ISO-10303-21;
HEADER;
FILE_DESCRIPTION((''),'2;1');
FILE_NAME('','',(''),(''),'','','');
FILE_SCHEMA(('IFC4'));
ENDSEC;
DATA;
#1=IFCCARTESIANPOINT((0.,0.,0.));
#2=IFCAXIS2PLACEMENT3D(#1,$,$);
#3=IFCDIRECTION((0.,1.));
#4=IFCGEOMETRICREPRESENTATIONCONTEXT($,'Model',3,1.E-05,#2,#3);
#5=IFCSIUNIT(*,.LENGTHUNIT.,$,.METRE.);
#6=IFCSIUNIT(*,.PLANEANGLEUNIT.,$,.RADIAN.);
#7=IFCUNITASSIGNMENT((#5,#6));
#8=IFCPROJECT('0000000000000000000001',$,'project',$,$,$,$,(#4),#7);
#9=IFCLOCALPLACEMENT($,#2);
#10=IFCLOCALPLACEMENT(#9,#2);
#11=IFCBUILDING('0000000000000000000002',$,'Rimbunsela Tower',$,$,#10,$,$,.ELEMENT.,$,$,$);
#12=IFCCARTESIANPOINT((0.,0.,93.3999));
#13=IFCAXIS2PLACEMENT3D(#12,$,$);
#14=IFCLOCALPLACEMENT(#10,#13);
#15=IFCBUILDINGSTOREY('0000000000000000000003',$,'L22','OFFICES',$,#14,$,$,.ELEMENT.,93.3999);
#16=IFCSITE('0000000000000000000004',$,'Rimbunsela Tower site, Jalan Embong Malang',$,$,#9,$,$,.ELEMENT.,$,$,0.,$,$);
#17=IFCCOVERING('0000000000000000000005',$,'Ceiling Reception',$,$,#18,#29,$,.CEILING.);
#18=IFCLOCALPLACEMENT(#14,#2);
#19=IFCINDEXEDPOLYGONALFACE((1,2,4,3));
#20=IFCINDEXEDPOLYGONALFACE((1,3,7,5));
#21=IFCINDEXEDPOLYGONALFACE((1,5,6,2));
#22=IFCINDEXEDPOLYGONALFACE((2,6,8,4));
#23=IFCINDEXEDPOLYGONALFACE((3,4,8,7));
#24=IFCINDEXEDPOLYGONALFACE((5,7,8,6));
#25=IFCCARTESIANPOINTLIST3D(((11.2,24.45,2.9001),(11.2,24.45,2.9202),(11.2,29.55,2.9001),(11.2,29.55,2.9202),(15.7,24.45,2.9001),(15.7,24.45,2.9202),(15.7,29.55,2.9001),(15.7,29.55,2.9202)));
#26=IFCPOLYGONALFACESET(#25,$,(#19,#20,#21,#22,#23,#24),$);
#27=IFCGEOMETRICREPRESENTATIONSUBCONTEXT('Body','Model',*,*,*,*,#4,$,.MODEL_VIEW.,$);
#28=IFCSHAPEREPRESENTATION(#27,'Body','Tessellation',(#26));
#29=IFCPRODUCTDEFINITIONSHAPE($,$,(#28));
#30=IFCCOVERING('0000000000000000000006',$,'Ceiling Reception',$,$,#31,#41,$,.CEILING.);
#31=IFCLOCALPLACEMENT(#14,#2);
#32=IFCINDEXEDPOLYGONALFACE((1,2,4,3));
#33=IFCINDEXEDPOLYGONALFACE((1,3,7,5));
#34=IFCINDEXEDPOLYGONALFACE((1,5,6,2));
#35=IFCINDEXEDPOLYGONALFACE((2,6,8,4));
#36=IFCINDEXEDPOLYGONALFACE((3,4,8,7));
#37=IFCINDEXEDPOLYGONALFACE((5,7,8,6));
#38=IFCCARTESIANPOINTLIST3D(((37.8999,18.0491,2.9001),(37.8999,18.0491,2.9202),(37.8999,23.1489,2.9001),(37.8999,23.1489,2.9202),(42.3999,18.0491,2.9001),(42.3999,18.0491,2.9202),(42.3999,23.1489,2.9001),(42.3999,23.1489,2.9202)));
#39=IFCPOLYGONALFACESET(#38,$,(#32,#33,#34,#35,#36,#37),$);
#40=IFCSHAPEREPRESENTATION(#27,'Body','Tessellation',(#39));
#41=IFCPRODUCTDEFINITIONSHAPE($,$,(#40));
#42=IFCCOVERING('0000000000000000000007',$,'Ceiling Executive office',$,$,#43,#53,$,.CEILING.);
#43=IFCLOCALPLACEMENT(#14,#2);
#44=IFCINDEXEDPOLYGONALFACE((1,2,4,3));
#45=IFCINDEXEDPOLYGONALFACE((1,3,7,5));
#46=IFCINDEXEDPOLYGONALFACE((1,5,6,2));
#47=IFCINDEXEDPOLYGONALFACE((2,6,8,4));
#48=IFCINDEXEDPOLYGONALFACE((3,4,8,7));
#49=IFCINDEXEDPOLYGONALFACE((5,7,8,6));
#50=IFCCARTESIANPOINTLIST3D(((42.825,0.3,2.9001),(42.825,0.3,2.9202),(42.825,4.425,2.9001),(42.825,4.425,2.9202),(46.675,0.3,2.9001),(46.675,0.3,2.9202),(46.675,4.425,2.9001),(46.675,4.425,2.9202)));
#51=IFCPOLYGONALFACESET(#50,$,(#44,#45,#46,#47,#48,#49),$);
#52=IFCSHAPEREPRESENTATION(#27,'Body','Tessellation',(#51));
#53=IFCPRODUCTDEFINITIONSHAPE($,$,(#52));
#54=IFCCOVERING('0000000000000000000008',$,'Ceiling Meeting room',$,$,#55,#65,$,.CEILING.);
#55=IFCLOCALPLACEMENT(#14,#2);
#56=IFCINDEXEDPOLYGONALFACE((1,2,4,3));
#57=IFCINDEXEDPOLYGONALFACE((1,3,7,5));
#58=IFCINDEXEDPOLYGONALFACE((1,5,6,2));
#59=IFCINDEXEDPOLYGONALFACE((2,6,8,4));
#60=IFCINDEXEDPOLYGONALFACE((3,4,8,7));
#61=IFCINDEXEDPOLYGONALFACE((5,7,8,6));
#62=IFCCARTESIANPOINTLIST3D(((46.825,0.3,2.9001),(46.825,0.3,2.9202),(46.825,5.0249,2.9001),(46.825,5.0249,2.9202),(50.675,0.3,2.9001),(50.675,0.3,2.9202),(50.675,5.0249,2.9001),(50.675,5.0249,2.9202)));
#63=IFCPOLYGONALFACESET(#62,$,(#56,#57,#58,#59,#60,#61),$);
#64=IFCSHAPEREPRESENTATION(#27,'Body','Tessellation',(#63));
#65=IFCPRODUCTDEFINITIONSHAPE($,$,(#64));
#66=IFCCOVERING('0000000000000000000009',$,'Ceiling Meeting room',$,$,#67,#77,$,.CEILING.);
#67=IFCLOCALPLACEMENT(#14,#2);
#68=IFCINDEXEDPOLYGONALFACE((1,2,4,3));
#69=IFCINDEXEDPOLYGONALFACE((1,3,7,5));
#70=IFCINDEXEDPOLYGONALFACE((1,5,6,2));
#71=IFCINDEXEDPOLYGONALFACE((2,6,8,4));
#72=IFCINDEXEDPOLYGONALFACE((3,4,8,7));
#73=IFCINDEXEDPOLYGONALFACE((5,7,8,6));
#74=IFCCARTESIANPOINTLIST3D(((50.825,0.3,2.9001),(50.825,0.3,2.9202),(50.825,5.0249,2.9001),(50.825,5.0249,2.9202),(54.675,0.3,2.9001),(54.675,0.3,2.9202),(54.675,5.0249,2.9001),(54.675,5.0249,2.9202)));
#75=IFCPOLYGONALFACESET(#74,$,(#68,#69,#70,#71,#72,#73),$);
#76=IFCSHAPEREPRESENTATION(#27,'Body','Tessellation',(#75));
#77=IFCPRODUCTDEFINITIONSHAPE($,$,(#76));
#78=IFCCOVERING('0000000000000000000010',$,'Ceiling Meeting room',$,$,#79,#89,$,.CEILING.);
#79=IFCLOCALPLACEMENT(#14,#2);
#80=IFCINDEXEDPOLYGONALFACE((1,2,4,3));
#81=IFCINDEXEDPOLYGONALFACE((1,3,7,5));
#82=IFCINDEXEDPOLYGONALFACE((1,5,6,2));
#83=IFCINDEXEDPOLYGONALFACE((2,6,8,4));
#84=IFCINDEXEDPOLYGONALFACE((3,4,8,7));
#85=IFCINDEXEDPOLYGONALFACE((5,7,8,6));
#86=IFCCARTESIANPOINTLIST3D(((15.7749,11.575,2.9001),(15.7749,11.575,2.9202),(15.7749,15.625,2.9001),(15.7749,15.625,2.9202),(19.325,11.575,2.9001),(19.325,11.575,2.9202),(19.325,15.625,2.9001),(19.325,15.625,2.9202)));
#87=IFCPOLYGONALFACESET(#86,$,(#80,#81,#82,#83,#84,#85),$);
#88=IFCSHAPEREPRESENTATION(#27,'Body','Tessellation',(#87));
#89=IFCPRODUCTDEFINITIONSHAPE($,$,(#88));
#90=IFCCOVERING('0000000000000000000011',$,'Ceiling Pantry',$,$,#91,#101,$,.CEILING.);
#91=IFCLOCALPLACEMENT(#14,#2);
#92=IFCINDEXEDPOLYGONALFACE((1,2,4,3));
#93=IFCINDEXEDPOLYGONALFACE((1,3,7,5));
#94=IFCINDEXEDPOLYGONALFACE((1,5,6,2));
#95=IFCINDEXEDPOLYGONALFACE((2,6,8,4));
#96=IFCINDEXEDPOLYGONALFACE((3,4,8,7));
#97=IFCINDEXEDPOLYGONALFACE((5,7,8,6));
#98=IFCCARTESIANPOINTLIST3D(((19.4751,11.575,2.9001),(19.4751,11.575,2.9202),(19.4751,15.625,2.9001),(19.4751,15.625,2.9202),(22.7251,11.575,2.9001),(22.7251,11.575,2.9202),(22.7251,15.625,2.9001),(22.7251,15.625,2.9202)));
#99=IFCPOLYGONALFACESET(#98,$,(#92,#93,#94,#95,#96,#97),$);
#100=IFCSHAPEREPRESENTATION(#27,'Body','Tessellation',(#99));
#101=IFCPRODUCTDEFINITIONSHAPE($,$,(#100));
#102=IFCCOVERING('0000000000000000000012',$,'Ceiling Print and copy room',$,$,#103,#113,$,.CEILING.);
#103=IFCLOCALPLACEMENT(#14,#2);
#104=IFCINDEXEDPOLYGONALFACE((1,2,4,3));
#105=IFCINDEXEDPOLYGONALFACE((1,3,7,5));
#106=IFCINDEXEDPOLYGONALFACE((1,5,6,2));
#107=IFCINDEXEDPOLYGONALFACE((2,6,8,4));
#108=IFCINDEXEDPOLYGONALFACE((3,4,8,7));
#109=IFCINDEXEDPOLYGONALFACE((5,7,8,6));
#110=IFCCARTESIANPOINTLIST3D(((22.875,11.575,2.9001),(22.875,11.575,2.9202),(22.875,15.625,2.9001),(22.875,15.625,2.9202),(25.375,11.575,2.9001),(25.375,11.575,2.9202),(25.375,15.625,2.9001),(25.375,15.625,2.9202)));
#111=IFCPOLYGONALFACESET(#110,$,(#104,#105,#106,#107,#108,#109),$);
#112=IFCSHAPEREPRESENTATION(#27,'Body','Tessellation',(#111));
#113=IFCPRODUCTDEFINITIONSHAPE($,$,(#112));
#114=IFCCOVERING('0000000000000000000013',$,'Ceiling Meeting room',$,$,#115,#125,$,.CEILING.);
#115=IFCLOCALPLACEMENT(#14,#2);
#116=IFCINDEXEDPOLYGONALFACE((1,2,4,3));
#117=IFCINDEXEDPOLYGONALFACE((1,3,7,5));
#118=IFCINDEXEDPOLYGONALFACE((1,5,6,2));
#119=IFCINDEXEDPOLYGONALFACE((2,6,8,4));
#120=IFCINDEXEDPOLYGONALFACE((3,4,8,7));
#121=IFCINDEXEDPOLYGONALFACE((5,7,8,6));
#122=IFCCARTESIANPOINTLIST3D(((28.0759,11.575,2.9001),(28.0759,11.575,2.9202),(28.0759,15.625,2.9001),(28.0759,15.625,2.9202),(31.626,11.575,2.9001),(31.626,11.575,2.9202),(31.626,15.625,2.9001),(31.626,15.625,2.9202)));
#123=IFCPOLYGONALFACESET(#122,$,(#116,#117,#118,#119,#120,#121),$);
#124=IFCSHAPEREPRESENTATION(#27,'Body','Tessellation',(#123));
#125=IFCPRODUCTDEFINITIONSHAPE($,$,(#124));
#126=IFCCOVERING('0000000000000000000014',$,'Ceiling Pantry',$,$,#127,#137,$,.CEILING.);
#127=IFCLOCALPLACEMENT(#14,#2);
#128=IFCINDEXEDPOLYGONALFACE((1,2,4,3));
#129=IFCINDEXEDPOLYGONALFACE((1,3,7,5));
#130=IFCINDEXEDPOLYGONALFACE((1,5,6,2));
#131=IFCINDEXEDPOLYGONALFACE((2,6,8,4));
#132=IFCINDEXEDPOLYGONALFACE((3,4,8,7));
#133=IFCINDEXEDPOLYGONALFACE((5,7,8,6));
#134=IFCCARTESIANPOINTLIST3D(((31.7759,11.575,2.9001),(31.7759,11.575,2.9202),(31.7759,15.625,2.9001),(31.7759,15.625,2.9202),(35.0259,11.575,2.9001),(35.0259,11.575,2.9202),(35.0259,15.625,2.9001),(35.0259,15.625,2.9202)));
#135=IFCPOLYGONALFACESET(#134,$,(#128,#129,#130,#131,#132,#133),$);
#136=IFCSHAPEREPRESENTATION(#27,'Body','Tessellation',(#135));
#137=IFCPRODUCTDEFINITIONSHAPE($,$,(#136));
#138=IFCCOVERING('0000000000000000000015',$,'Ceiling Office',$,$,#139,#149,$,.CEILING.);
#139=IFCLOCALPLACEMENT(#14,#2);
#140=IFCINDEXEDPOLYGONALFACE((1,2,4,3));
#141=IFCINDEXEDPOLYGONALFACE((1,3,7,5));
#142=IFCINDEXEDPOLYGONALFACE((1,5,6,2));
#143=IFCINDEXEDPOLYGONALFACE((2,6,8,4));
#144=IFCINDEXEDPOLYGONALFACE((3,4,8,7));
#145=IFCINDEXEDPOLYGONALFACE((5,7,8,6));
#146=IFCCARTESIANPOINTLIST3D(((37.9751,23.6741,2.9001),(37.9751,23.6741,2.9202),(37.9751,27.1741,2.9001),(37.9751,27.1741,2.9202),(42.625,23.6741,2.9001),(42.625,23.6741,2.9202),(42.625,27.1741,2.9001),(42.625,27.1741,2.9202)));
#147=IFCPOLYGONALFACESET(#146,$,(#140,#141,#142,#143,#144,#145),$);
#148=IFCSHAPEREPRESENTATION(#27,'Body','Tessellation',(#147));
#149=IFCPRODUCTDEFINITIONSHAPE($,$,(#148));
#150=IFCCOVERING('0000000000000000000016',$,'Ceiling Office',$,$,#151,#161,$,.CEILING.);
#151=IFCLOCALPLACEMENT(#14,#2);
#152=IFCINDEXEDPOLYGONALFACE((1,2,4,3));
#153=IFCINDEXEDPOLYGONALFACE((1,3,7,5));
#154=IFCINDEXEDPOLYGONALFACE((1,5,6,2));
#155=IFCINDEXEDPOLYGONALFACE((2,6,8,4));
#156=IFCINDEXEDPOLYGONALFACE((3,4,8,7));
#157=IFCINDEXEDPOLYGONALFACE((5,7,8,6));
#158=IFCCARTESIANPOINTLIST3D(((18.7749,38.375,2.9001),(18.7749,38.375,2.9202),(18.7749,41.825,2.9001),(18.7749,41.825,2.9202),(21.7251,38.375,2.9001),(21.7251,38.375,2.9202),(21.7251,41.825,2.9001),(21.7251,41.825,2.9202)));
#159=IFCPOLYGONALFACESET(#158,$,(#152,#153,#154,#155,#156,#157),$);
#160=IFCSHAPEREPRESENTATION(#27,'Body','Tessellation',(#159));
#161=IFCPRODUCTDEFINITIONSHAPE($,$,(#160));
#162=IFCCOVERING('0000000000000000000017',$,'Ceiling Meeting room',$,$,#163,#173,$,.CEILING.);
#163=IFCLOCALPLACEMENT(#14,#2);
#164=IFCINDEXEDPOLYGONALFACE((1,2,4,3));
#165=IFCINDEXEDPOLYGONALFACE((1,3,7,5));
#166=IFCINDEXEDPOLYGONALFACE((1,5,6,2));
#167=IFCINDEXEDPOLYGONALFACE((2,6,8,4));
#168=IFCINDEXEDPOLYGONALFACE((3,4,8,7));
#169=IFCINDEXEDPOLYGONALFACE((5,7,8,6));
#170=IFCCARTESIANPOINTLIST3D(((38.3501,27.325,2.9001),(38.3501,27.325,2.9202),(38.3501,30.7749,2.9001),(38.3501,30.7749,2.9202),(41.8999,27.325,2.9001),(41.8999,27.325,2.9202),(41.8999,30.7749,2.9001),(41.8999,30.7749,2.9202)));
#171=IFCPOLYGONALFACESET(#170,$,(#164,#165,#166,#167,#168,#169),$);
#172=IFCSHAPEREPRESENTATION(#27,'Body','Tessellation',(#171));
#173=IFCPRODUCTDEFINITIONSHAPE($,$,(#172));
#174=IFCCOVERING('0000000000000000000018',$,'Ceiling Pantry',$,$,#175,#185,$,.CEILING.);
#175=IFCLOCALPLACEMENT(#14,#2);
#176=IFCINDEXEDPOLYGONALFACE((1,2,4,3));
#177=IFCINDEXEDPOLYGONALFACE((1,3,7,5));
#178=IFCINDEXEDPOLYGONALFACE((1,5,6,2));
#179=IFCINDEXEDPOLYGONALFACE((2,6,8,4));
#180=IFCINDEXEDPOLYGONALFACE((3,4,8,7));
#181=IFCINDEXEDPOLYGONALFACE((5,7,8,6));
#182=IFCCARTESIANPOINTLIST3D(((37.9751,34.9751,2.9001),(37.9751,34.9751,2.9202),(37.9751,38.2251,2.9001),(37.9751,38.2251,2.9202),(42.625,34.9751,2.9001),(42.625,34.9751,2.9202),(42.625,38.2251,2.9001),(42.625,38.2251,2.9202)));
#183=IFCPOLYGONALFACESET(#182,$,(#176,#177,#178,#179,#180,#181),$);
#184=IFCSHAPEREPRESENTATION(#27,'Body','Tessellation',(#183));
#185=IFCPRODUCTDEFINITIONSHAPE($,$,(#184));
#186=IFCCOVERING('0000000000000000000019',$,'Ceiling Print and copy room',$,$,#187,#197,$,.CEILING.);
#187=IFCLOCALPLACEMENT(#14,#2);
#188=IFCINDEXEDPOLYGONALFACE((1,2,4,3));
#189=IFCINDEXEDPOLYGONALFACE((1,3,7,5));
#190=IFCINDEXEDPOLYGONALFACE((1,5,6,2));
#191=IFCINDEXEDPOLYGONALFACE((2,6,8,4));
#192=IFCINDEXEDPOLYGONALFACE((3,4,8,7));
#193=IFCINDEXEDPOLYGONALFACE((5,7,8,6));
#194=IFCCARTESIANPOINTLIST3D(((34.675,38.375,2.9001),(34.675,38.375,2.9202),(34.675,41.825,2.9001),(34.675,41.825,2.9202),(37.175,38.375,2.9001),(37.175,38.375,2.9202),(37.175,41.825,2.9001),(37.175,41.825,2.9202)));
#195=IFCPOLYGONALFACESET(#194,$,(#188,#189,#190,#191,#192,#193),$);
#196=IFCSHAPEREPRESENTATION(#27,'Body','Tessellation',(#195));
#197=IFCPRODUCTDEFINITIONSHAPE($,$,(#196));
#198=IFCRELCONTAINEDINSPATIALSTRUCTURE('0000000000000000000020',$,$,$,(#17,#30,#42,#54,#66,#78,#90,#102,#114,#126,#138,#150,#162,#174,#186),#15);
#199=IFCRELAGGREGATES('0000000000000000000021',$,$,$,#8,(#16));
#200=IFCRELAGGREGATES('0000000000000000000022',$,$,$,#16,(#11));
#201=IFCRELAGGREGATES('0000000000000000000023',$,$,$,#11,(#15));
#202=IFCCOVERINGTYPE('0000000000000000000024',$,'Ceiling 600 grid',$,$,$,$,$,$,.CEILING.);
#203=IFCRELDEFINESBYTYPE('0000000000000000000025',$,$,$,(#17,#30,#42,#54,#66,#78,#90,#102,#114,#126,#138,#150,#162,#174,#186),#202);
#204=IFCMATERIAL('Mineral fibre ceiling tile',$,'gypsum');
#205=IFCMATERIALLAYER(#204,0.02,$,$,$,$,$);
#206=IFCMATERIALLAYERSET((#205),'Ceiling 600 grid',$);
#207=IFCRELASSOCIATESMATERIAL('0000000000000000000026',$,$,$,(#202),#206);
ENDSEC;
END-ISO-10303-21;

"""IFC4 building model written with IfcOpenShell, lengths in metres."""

from ifc_helpers import new_model, si_unit, direction, frame, origin, place, context, subcontext, project, spatial, polyline, outline, extrude, material, layer, layer_set, type_object, element, save


model = new_model("IFC4")

# Units and contexts
model_context = context("Model", 3, precision=1e-05, world=origin(), true_north=direction((0.0, 1.0)))
body_context = subcontext(model_context, "Body", "Model", "MODEL_VIEW")
ifc_project = project(units=[si_unit("LENGTHUNIT", "METRE"), si_unit("PLANEANGLEUNIT", "RADIAN")], contexts=[model_context])

# Site, building, storey
site_placement = place(None, origin())
site = spatial("IfcSite", under=ifc_project, at=site_placement, Name="Rimbunsela Tower site, Jalan Embong Malang", CompositionType="ELEMENT", RefElevation=0.0)
building_placement = place(site_placement, origin())
building = spatial("IfcBuilding", under=site, at=building_placement, Name="Rimbunsela Tower", CompositionType="ELEMENT")
storey_placement = place(building_placement, frame((0.0, 0.0, 93.3999)))
storey = spatial("IfcBuildingStorey", under=building, at=storey_placement, Name="L22", Description="OFFICES", CompositionType="ELEMENT", Elevation=93.3999)

# Coverings
ifc_material_1 = material(Name="Mineral fibre ceiling tile", Category="gypsum")
ifc_layer_1 = layer(ifc_material_1, 0.02)
ifc_layer_set_1 = layer_set([ifc_layer_1], Name="Ceiling 600 grid")
covering_type_1 = type_object("IfcCoveringType", Name="Ceiling 600 grid", PredefinedType="CEILING", material=ifc_layer_set_1)
covering_1_placement = place(storey_placement, frame((0.0, 0.0, 2.9001)))
element("IfcCovering", 1, at=covering_1_placement, inside=storey, type_object=covering_type_1, Name="Ceiling Reception", PredefinedType="CEILING", context=body_context, shape_type="SweptSolid", body=[
    extrude(outline(polyline([(15.7, 24.45), (15.7, 29.55), (11.2, 29.55), (11.2, 24.45), (15.7, 24.45)])), origin(), (0.0, 0.0, 1.0), 0.02),
])
covering_2_placement = place(storey_placement, frame((0.0, 0.0, 2.9001)))
element("IfcCovering", 2, at=covering_2_placement, inside=storey, type_object=covering_type_1, Name="Ceiling Reception", PredefinedType="CEILING", context=body_context, shape_type="SweptSolid", body=[
    extrude(outline(polyline([(42.3999, 18.0491), (42.3999, 23.1489), (37.8999, 23.1489), (37.8999, 18.0491), (42.3999, 18.0491)])), origin(), (0.0, 0.0, 1.0), 0.02),
])
covering_3_placement = place(storey_placement, frame((0.0, 0.0, 2.9001)))
element("IfcCovering", 3, at=covering_3_placement, inside=storey, type_object=covering_type_1, Name="Ceiling Executive office", PredefinedType="CEILING", context=body_context, shape_type="SweptSolid", body=[
    extrude(outline(polyline([(46.675, 0.3), (46.675, 4.425), (42.825, 4.425), (42.825, 0.3), (46.675, 0.3)])), origin(), (0.0, 0.0, 1.0), 0.02),
])
covering_4_placement = place(storey_placement, frame((0.0, 0.0, 2.9001)))
element("IfcCovering", 4, at=covering_4_placement, inside=storey, type_object=covering_type_1, Name="Ceiling Meeting room", PredefinedType="CEILING", context=body_context, shape_type="SweptSolid", body=[
    extrude(outline(polyline([(50.675, 0.3), (50.675, 5.0249), (46.825, 5.0249), (46.825, 0.3), (50.675, 0.3)])), origin(), (0.0, 0.0, 1.0), 0.02),
])
covering_5_placement = place(storey_placement, frame((0.0, 0.0, 2.9001)))
element("IfcCovering", 5, at=covering_5_placement, inside=storey, type_object=covering_type_1, Name="Ceiling Meeting room", PredefinedType="CEILING", context=body_context, shape_type="SweptSolid", body=[
    extrude(outline(polyline([(54.675, 0.3), (54.675, 5.0249), (50.825, 5.0249), (50.825, 0.3), (54.675, 0.3)])), origin(), (0.0, 0.0, 1.0), 0.02),
])
covering_6_placement = place(storey_placement, frame((0.0, 0.0, 2.9001)))
element("IfcCovering", 6, at=covering_6_placement, inside=storey, type_object=covering_type_1, Name="Ceiling Meeting room", PredefinedType="CEILING", context=body_context, shape_type="SweptSolid", body=[
    extrude(outline(polyline([(19.325, 11.575), (19.325, 15.625), (15.7749, 15.625), (15.7749, 11.575), (19.325, 11.575)])), origin(), (0.0, 0.0, 1.0), 0.02),
])
covering_7_placement = place(storey_placement, frame((0.0, 0.0, 2.9001)))
element("IfcCovering", 7, at=covering_7_placement, inside=storey, type_object=covering_type_1, Name="Ceiling Pantry", PredefinedType="CEILING", context=body_context, shape_type="SweptSolid", body=[
    extrude(outline(polyline([(22.7251, 11.575), (22.7251, 15.625), (19.4751, 15.625), (19.4751, 11.575), (22.7251, 11.575)])), origin(), (0.0, 0.0, 1.0), 0.02),
])
covering_8_placement = place(storey_placement, frame((0.0, 0.0, 2.9001)))
element("IfcCovering", 8, at=covering_8_placement, inside=storey, type_object=covering_type_1, Name="Ceiling Print and copy room", PredefinedType="CEILING", context=body_context, shape_type="SweptSolid", body=[
    extrude(outline(polyline([(25.375, 11.575), (25.375, 15.625), (22.875, 15.625), (22.875, 11.575), (25.375, 11.575)])), origin(), (0.0, 0.0, 1.0), 0.02),
])
covering_9_placement = place(storey_placement, frame((0.0, 0.0, 2.9001)))
element("IfcCovering", 9, at=covering_9_placement, inside=storey, type_object=covering_type_1, Name="Ceiling Meeting room", PredefinedType="CEILING", context=body_context, shape_type="SweptSolid", body=[
    extrude(outline(polyline([(31.626, 11.575), (31.626, 15.625), (28.0759, 15.625), (28.0759, 11.575), (31.626, 11.575)])), origin(), (0.0, 0.0, 1.0), 0.02),
])
covering_10_placement = place(storey_placement, frame((0.0, 0.0, 2.9001)))
element("IfcCovering", 10, at=covering_10_placement, inside=storey, type_object=covering_type_1, Name="Ceiling Pantry", PredefinedType="CEILING", context=body_context, shape_type="SweptSolid", body=[
    extrude(outline(polyline([(35.0259, 11.575), (35.0259, 15.625), (31.7759, 15.625), (31.7759, 11.575), (35.0259, 11.575)])), origin(), (0.0, 0.0, 1.0), 0.02),
])
covering_11_placement = place(storey_placement, frame((0.0, 0.0, 2.9001)))
element("IfcCovering", 11, at=covering_11_placement, inside=storey, type_object=covering_type_1, Name="Ceiling Office", PredefinedType="CEILING", context=body_context, shape_type="SweptSolid", body=[
    extrude(outline(polyline([(42.625, 23.6741), (42.625, 27.1741), (37.9751, 27.1741), (37.9751, 23.6741), (42.625, 23.6741)])), origin(), (0.0, 0.0, 1.0), 0.02),
])
covering_12_placement = place(storey_placement, frame((0.0, 0.0, 2.9001)))
element("IfcCovering", 12, at=covering_12_placement, inside=storey, type_object=covering_type_1, Name="Ceiling Office", PredefinedType="CEILING", context=body_context, shape_type="SweptSolid", body=[
    extrude(outline(polyline([(21.7251, 38.375), (21.7251, 41.825), (18.7749, 41.825), (18.7749, 38.375), (21.7251, 38.375)])), origin(), (0.0, 0.0, 1.0), 0.02),
])
covering_13_placement = place(storey_placement, frame((0.0, 0.0, 2.9001)))
element("IfcCovering", 13, at=covering_13_placement, inside=storey, type_object=covering_type_1, Name="Ceiling Meeting room", PredefinedType="CEILING", context=body_context, shape_type="SweptSolid", body=[
    extrude(outline(polyline([(41.8999, 27.325), (41.8999, 30.7749), (38.3501, 30.7749), (38.3501, 27.325), (41.8999, 27.325)])), origin(), (0.0, 0.0, 1.0), 0.02),
])
covering_14_placement = place(storey_placement, frame((0.0, 0.0, 2.9001)))
element("IfcCovering", 14, at=covering_14_placement, inside=storey, type_object=covering_type_1, Name="Ceiling Pantry", PredefinedType="CEILING", context=body_context, shape_type="SweptSolid", body=[
    extrude(outline(polyline([(42.625, 34.9751), (42.625, 38.2251), (37.9751, 38.2251), (37.9751, 34.9751), (42.625, 34.9751)])), origin(), (0.0, 0.0, 1.0), 0.02),
])
covering_15_placement = place(storey_placement, frame((0.0, 0.0, 2.9001)))
element("IfcCovering", 15, at=covering_15_placement, inside=storey, type_object=covering_type_1, Name="Ceiling Print and copy room", PredefinedType="CEILING", context=body_context, shape_type="SweptSolid", body=[
    extrude(outline(polyline([(37.175, 38.375), (37.175, 41.825), (34.675, 41.825), (34.675, 38.375), (37.175, 38.375)])), origin(), (0.0, 0.0, 1.0), 0.02),
])

save(model, "model.ifc")
